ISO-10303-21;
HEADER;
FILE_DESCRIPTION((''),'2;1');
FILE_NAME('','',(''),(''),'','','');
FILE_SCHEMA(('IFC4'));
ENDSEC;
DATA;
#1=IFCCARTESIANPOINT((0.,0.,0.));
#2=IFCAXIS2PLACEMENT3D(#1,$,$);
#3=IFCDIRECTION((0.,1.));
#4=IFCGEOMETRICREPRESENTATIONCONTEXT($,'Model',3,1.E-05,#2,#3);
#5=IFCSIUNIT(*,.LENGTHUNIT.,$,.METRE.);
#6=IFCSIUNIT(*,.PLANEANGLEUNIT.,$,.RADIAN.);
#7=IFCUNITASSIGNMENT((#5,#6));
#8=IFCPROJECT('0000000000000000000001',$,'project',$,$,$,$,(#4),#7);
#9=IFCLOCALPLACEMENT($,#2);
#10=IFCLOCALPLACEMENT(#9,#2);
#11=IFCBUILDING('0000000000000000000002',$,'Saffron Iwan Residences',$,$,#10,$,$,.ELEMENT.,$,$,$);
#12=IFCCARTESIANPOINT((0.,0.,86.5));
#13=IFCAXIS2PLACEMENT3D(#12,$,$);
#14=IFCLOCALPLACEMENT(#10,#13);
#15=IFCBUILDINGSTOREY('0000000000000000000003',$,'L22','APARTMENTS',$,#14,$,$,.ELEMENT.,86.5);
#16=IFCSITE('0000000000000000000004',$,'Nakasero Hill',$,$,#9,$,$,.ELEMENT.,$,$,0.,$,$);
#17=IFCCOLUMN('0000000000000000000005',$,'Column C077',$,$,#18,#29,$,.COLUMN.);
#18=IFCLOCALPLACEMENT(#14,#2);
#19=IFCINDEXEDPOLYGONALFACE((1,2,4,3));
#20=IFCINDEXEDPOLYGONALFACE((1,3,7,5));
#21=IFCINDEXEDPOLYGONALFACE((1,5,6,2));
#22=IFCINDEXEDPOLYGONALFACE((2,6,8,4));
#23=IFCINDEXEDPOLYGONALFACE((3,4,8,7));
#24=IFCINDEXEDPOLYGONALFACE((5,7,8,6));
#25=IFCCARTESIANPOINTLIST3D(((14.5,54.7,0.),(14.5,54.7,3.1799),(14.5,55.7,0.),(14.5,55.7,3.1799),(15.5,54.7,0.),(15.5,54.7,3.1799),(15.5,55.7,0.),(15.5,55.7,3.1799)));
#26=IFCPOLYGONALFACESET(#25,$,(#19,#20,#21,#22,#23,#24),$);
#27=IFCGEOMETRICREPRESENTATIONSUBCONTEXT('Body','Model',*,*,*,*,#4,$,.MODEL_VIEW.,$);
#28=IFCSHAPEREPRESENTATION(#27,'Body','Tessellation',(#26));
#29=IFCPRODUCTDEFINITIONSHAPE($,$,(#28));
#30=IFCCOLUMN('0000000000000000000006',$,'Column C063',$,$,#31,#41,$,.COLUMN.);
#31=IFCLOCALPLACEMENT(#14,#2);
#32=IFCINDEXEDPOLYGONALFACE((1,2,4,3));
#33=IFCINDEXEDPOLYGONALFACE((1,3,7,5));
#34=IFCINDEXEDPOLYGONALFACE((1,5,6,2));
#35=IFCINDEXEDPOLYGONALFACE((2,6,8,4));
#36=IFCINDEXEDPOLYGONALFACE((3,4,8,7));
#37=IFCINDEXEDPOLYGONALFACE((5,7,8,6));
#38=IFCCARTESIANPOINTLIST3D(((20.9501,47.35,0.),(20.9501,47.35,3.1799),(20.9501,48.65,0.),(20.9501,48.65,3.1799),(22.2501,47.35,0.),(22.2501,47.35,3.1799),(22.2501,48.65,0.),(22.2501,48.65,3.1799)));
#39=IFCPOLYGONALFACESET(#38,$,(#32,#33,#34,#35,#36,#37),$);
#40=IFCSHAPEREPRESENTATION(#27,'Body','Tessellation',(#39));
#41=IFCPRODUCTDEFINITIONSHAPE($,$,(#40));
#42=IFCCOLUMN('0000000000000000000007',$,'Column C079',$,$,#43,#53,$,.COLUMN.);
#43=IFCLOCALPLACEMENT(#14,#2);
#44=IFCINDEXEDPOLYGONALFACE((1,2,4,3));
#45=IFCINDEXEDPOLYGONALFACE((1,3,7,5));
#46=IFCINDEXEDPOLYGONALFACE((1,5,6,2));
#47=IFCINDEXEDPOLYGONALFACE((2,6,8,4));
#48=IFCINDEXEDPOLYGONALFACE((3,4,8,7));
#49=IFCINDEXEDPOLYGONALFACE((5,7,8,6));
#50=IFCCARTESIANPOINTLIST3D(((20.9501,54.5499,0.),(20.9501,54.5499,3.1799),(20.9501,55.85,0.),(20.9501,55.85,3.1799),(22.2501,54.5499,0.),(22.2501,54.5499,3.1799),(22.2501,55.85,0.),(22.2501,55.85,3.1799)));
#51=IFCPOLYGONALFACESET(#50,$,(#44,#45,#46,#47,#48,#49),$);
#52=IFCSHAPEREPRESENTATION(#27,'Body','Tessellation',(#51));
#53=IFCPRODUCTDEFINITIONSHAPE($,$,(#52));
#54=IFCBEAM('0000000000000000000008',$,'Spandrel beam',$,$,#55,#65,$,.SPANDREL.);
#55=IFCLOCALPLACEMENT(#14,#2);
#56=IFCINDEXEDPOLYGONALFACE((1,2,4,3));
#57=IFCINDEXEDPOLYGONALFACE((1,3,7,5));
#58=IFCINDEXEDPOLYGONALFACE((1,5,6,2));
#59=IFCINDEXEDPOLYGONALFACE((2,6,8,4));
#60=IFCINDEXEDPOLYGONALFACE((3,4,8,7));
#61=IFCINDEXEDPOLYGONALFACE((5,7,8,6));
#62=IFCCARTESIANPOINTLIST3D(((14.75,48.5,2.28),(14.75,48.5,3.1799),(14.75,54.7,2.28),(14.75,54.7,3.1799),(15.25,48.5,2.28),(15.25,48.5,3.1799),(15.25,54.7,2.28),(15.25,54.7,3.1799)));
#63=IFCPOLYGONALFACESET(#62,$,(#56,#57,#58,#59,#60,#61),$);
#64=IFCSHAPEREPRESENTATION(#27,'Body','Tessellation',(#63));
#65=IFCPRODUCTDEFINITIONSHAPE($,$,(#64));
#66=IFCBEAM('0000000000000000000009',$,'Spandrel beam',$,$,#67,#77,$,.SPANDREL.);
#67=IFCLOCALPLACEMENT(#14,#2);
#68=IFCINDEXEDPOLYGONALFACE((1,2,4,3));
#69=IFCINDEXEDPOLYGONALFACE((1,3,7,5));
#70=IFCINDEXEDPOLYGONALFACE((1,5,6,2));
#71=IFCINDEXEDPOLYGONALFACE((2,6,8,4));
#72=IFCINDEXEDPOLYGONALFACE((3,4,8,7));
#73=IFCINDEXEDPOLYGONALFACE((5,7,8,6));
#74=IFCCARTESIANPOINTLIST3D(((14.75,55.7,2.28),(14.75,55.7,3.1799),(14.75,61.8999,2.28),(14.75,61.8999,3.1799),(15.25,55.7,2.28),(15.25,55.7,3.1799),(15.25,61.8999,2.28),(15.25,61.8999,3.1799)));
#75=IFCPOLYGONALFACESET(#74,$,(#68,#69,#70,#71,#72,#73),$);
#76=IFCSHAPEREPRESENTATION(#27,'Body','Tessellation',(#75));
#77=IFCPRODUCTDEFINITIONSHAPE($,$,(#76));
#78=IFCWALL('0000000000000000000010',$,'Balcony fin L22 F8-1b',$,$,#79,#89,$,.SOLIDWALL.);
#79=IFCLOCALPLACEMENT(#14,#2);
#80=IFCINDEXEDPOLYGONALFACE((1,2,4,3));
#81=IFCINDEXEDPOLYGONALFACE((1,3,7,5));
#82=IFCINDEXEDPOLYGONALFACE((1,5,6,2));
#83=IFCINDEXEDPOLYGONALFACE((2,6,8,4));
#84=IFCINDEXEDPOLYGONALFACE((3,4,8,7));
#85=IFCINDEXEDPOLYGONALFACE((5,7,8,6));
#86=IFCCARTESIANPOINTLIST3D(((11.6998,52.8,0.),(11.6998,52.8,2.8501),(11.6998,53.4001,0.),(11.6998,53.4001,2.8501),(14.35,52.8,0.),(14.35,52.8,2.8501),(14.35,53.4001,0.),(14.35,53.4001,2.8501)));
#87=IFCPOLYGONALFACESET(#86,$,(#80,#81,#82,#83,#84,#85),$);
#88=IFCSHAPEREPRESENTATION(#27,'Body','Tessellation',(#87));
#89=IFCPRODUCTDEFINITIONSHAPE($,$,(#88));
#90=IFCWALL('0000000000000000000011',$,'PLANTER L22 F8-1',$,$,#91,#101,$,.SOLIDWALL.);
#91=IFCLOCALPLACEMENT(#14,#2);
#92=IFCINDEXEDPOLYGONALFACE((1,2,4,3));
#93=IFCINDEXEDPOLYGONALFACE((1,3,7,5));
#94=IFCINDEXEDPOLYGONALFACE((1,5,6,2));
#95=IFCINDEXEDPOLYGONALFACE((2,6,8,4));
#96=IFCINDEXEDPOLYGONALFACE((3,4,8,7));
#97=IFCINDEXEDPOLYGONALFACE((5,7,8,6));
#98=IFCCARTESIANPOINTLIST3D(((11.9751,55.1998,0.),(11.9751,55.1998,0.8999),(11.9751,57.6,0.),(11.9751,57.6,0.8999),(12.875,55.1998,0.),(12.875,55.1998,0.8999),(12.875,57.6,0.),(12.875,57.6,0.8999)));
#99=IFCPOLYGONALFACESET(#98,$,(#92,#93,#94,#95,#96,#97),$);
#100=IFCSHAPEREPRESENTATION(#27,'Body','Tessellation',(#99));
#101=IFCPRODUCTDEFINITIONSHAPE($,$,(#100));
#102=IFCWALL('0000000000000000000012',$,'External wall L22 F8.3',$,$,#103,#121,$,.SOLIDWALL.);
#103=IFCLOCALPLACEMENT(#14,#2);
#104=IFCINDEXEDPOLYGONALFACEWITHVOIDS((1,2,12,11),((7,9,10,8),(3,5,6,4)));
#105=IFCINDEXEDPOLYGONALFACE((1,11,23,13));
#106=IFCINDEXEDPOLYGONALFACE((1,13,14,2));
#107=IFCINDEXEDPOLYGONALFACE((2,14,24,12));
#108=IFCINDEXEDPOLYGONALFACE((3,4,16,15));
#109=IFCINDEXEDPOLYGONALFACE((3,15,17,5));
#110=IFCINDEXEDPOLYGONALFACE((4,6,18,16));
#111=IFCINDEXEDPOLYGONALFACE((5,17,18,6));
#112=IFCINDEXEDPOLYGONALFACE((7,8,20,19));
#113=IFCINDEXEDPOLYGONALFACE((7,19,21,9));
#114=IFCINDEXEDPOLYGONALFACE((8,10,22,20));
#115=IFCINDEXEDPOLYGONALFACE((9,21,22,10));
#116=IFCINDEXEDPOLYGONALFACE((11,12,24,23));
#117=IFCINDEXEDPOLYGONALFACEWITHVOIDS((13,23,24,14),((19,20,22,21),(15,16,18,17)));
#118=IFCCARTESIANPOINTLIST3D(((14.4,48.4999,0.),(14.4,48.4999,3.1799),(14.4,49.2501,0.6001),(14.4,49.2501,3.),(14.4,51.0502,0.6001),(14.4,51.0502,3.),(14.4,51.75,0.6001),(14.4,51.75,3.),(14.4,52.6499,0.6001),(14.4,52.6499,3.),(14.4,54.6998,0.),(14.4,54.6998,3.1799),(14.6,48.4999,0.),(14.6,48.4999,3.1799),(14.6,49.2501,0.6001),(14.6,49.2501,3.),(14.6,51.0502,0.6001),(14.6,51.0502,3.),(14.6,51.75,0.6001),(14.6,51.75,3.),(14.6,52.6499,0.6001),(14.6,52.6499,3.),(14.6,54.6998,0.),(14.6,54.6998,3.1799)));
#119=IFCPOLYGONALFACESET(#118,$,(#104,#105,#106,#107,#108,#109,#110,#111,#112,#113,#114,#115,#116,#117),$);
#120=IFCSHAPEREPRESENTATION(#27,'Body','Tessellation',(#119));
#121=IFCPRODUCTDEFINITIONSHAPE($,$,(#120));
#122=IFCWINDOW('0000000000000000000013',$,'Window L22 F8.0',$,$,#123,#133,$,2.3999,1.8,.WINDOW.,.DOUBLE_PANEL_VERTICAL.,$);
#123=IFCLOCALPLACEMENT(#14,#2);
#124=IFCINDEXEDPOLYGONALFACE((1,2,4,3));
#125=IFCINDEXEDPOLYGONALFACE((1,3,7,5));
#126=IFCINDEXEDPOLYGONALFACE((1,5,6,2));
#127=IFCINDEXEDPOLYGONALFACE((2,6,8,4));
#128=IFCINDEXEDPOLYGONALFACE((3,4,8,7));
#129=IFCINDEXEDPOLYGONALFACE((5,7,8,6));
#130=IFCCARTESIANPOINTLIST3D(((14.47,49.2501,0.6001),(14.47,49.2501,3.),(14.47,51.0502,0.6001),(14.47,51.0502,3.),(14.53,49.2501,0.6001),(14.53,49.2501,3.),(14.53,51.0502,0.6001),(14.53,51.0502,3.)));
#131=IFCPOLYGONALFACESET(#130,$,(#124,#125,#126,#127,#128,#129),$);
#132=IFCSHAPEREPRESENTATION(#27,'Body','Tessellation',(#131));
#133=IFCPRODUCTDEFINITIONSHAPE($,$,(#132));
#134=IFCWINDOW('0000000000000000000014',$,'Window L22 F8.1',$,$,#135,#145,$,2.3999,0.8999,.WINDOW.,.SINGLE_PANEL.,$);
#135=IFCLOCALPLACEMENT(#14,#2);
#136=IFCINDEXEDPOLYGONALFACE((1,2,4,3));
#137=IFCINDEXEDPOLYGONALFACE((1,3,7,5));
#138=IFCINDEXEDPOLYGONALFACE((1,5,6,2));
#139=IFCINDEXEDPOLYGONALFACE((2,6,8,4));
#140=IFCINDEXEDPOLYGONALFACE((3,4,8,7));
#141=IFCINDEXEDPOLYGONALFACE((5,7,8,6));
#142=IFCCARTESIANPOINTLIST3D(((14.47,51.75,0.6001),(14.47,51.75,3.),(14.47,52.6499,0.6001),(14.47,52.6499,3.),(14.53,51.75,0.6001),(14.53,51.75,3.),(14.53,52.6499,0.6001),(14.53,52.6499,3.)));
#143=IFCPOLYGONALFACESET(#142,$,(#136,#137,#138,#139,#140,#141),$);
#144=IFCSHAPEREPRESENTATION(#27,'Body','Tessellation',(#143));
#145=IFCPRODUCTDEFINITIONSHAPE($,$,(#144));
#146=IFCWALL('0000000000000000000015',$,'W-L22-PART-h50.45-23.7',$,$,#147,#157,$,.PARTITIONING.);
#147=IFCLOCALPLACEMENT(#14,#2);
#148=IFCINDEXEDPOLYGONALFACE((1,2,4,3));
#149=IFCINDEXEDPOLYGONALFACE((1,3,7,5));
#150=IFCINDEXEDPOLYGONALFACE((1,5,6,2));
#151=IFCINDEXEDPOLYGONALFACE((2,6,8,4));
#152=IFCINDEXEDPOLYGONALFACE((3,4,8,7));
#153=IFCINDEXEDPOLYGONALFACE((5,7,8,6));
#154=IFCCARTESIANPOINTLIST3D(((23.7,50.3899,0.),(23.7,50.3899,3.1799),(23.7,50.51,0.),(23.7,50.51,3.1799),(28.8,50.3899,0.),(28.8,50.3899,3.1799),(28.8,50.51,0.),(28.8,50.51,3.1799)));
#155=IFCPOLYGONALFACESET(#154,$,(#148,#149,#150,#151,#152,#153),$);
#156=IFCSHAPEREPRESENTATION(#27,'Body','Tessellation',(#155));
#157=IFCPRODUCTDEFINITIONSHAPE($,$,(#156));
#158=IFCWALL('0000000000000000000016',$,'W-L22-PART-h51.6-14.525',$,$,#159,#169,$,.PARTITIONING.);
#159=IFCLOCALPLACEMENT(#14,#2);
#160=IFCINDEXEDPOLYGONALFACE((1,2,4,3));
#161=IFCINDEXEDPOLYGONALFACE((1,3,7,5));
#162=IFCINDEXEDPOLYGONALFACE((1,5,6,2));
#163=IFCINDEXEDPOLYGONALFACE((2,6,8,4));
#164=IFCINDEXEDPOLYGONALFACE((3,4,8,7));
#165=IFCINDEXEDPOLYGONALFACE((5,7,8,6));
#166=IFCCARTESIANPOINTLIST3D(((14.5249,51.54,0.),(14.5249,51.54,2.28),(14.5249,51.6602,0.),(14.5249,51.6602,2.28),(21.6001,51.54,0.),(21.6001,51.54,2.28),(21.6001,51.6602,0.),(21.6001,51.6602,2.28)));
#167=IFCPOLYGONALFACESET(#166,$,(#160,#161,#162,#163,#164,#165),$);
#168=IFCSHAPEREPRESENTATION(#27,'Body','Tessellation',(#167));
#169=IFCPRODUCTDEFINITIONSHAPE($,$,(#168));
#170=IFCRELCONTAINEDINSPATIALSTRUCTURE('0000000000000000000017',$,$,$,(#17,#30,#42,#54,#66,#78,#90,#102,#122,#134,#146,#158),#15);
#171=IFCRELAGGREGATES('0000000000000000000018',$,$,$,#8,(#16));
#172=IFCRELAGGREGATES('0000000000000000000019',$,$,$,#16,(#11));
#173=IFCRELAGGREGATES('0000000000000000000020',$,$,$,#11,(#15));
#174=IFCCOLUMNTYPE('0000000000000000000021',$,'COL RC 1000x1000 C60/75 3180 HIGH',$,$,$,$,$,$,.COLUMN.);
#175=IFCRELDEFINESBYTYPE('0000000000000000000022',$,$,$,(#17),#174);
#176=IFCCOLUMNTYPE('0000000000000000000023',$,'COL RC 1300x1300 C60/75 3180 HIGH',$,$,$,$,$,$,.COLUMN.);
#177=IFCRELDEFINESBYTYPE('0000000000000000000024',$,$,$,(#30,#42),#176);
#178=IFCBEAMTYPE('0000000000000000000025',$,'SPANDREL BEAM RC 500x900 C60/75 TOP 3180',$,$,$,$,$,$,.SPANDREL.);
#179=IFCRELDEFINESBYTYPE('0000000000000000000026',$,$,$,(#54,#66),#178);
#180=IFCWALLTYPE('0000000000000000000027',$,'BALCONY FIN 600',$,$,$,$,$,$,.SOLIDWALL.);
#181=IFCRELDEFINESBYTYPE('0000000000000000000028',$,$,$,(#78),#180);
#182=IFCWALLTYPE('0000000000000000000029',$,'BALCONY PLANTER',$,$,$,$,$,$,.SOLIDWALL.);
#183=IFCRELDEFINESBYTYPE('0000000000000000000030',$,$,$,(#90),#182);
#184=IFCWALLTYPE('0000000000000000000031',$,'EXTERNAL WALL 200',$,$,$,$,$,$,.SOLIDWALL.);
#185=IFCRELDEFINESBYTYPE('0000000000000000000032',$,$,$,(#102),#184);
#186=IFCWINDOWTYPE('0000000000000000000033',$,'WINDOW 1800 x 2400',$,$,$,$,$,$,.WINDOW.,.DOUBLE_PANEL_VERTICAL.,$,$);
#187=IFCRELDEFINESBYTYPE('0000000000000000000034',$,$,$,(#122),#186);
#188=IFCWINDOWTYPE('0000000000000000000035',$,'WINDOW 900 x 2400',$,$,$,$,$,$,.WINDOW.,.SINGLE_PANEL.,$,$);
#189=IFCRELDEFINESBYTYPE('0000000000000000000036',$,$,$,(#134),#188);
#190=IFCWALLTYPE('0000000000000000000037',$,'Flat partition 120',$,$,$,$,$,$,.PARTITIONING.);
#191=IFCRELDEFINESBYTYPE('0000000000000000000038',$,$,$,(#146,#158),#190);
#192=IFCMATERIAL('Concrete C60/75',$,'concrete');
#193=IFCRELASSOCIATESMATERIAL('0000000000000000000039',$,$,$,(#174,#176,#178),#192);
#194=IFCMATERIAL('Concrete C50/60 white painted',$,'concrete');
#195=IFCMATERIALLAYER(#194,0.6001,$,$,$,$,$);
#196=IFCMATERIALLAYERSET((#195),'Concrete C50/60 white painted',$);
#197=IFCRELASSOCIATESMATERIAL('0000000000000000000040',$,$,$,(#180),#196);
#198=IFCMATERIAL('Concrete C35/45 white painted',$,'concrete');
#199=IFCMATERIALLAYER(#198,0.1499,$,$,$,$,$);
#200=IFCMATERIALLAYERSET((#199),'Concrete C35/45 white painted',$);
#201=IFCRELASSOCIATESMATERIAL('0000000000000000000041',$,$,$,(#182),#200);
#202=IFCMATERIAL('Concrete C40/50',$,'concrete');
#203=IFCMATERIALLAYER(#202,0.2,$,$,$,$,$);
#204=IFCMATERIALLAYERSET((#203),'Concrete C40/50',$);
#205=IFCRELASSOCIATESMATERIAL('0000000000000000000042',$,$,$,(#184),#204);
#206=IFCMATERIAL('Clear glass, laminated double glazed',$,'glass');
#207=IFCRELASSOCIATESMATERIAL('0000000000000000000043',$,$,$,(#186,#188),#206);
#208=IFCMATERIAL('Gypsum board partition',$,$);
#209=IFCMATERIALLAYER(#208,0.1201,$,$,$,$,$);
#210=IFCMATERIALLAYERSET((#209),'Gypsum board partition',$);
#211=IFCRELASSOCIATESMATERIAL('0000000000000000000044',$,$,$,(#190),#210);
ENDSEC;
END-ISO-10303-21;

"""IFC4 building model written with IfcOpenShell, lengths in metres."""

from ifc_helpers import new_model, si_unit, direction, frame, frame_2d, origin, origin_2d, place, context, subcontext, project, spatial, rectangle, extrude, source, transform, mapped, material, layer, layer_set, material_profile, profile_set, type_object, element, fill, save


model = new_model("IFC4")

# Units and contexts
model_context = context("Model", 3, precision=1e-05, world=origin(), true_north=direction((0.0, 1.0)))
body_context = subcontext(model_context, "Body", "Model", "MODEL_VIEW")
ifc_project = project(units=[si_unit("LENGTHUNIT", "METRE"), si_unit("PLANEANGLEUNIT", "RADIAN")], contexts=[model_context])

# Site, building, storey
site_placement = place(None, origin())
site = spatial("IfcSite", under=ifc_project, at=site_placement, Name="Nakasero Hill", CompositionType="ELEMENT", RefElevation=0.0)
building_placement = place(site_placement, origin())
building = spatial("IfcBuilding", under=site, at=building_placement, Name="Saffron Iwan Residences", CompositionType="ELEMENT")
storey_placement = place(building_placement, frame((0.0, 0.0, 86.5)))
storey = spatial("IfcBuildingStorey", under=building, at=storey_placement, Name="L22", Description="APARTMENTS", CompositionType="ELEMENT", Elevation=86.5)

# Columns
ifc_material_1 = material(Name="Concrete C60/75", Category="concrete")
ifc_material_profile_1 = material_profile(ifc_material_1, rectangle(XDim=1.0, YDim=1.0, at=origin_2d()), Name="RC 1000x1000")
ifc_profile_set_1 = profile_set([ifc_material_profile_1], Name="Concrete C60/75")
column_type_1 = type_object("IfcColumnType", Name="COL RC 1000x1000 C60/75 3180 HIGH", PredefinedType="COLUMN", material=ifc_profile_set_1)
shared_shape_1 = source(origin(), body_context, "Body", "SweptSolid", [
    extrude(rectangle(XDim=1.0, YDim=1.0, at=origin_2d()), origin(), (0.0, 0.0, 1.0), 3.1799),
])
column_placement = place(storey_placement, frame((15.0, 55.2, 0.0), z_axis=(0.0, 0.0, 1.0), x_axis=(1.0, 0.0, 0.0)))
element("IfcColumn", 1, at=column_placement, inside=storey, type_object=column_type_1, Name="Column C077", PredefinedType="COLUMN", context=body_context, shape_type="MappedRepresentation", body=[
    mapped(shared_shape_1, transform((0.0, 0.0, 0.0))),
])
ifc_material_profile_2 = material_profile(ifc_material_1, rectangle(XDim=1.3, YDim=1.3, at=origin_2d()), Name="RC 1300x1300")
ifc_profile_set_2 = profile_set([ifc_material_profile_2], Name="Concrete C60/75")
column_type_2 = type_object("IfcColumnType", Name="COL RC 1300x1300 C60/75 3180 HIGH", PredefinedType="COLUMN", material=ifc_profile_set_2)
shared_shape_2 = source(origin(), body_context, "Body", "SweptSolid", [
    extrude(rectangle(XDim=1.3, YDim=1.3, at=origin_2d()), origin(), (0.0, 0.0, 1.0), 3.1799),
])
for number, where, z_axis, x_axis, name in (
    (2, (21.6001, 48.0, 0.0), (0.0, 0.0, 1.0), (1.0, 0.0, 0.0), "Column C063"),
    (3, (21.6001, 55.2, 0.0), (0.0, 0.0, 1.0), (1.0, 0.0, 0.0), "Column C079"),
):
    element("IfcColumn", number, at=place(storey_placement, frame(where, z_axis=z_axis, x_axis=x_axis)), inside=storey, type_object=column_type_2, Name=name, PredefinedType="COLUMN", context=body_context, shape_type="MappedRepresentation", body=[
        mapped(shared_shape_2, transform((0.0, 0.0, 0.0))),
    ])

# Beams
ifc_material_profile_3 = material_profile(ifc_material_1, rectangle(XDim=0.5, YDim=0.8999, at=origin_2d()), Name="RC 500x900")
ifc_profile_set_3 = profile_set([ifc_material_profile_3], Name="Concrete C60/75")
beam_type = type_object("IfcBeamType", Name="SPANDREL BEAM RC 500x900 C60/75 TOP 3180", PredefinedType="SPANDREL", material=ifc_profile_set_3)
shared_shape_3 = source(origin(), body_context, "Body", "SweptSolid", [
    extrude(rectangle(XDim=0.5, YDim=0.8999, at=origin_2d()), origin(), (0.0, 0.0, 1.0), 6.2),
])
for number, where, z_axis, x_axis, name in (
    (4, (15.0, 48.5, 2.73), (0.0, 1.0, 0.0), (-1.0, 0.0, 0.0), "Spandrel beam"),
    (5, (15.0, 55.7, 2.73), (0.0, 1.0, 0.0), (-1.0, 0.0, 0.0), "Spandrel beam"),
):
    element("IfcBeam", number, at=place(storey_placement, frame(where, z_axis=z_axis, x_axis=x_axis)), inside=storey, type_object=beam_type, Name=name, PredefinedType="SPANDREL", context=body_context, shape_type="MappedRepresentation", body=[
        mapped(shared_shape_3, transform((0.0, 0.0, 0.0))),
    ])

# Walls
ifc_material_2 = material(Name="Concrete C50/60 white painted", Category="concrete")
ifc_layer_1 = layer(ifc_material_2, 0.6001)
ifc_layer_set_1 = layer_set([ifc_layer_1], Name="Concrete C50/60 white painted")
wall_type_1 = type_object("IfcWallType", Name="BALCONY FIN 600", PredefinedType="SOLIDWALL", material=ifc_layer_set_1)
wall_1_placement = place(storey_placement, frame((14.3501, 53.1001, 0.0), z_axis=(0.0, 0.0, 1.0), x_axis=(-1.0, 0.0, 0.0)))
element("IfcWall", 6, at=wall_1_placement, inside=storey, type_object=wall_type_1, Name="Balcony fin L22 F8-1b", PredefinedType="SOLIDWALL", context=body_context, shape_type="SweptSolid", body=[
    extrude(rectangle(XDim=2.6501, YDim=0.6001, at=frame_2d((1.3252, 0.0))), origin(), (0.0, 0.0, 1.0), 2.8501),
])
ifc_material_3 = material(Name="Concrete C35/45 white painted", Category="concrete")
ifc_layer_2 = layer(ifc_material_3, 0.1499)
ifc_layer_set_2 = layer_set([ifc_layer_2], Name="Concrete C35/45 white painted")
wall_type_2 = type_object("IfcWallType", Name="BALCONY PLANTER", PredefinedType="SOLIDWALL", material=ifc_layer_set_2)
wall_2_placement = place(storey_placement, frame((12.425, 57.6001, 0.0), z_axis=(0.0, 0.0, 1.0), x_axis=(0.0, -1.0, 0.0)))
element("IfcWall", 7, at=wall_2_placement, inside=storey, type_object=wall_type_2, Name="PLANTER L22 F8-1", PredefinedType="SOLIDWALL", context=body_context, shape_type="SweptSolid", body=[
    extrude(rectangle(XDim=2.4001, YDim=0.8999, at=frame_2d((1.2002, 0.0))), origin(), (0.0, 0.0, 1.0), 0.8999),
])

# Wall, openings, windows
ifc_material_4 = material(Name="Concrete C40/50", Category="concrete")
ifc_layer_3 = layer(ifc_material_4, 0.2)
ifc_layer_set_3 = layer_set([ifc_layer_3], Name="Concrete C40/50")
wall_type_3 = type_object("IfcWallType", Name="EXTERNAL WALL 200", PredefinedType="SOLIDWALL", material=ifc_layer_set_3)
wall_3_placement = place(storey_placement, frame((14.5, 54.7, 0.0), z_axis=(0.0, 0.0, 1.0), x_axis=(0.0, -1.0, 0.0)))
wall_3 = element("IfcWall", 8, at=wall_3_placement, inside=storey, type_object=wall_type_3, Name="External wall L22 F8.3", PredefinedType="SOLIDWALL", context=body_context, shape_type="SweptSolid", body=[
    extrude(rectangle(XDim=6.2, YDim=0.2, at=frame_2d((3.1001, 0.0))), origin(), (0.0, 0.0, 1.0), 3.1799),
])
opening_1_placement = place(wall_3_placement, frame((3.6499, 0.0, 0.6001)))
opening_1 = element("IfcOpeningElement", 9, at=opening_1_placement, cuts=wall_3, PredefinedType="OPENING", context=body_context, shape_type="SweptSolid", body=[
    extrude(rectangle(XDim=1.8, YDim=2.3999, at=frame_2d((0.8999, 1.2))), frame((0.0, 0.1099, 0.0), z_axis=(0.0, -1.0, 0.0), x_axis=(1.0, 0.0, 0.0)), (0.0, 0.0, 1.0), 0.22),
])
opening_2_placement = place(wall_3_placement, frame((2.05, 0.0, 0.6001)))
opening_2 = element("IfcOpeningElement", 10, at=opening_2_placement, cuts=wall_3, PredefinedType="OPENING", context=body_context, shape_type="SweptSolid", body=[
    extrude(rectangle(XDim=0.8999, YDim=2.3999, at=frame_2d((0.45, 1.2))), frame((0.0, 0.1099, 0.0), z_axis=(0.0, -1.0, 0.0), x_axis=(1.0, 0.0, 0.0)), (0.0, 0.0, 1.0), 0.22),
])
ifc_material_5 = material(Name="Clear glass, laminated double glazed", Category="glass")
window_type_1 = type_object("IfcWindowType", Name="WINDOW 1800 x 2400", PartitioningType="DOUBLE_PANEL_VERTICAL", PredefinedType="WINDOW", material=ifc_material_5)
window_1_placement = place(opening_1_placement, origin())
window_1 = element("IfcWindow", 11, at=window_1_placement, inside=storey, type_object=window_type_1, Name="Window L22 F8.0", OverallHeight=2.3999, OverallWidth=1.8, PartitioningType="DOUBLE_PANEL_VERTICAL", PredefinedType="WINDOW", context=body_context, shape_type="SweptSolid", body=[
    extrude(rectangle(XDim=1.8, YDim=2.3999, at=frame_2d((0.8999, 1.2))), frame((0.0, 0.03, 0.0), z_axis=(0.0, -1.0, 0.0), x_axis=(1.0, 0.0, 0.0)), (0.0, 0.0, 1.0), 0.0601),
])
fill(opening_1, window_1)
window_type_2 = type_object("IfcWindowType", Name="WINDOW 900 x 2400", PartitioningType="SINGLE_PANEL", PredefinedType="WINDOW", material=ifc_material_5)
window_2_placement = place(opening_2_placement, origin())
window_2 = element("IfcWindow", 12, at=window_2_placement, inside=storey, type_object=window_type_2, Name="Window L22 F8.1", OverallHeight=2.3999, OverallWidth=0.8999, PartitioningType="SINGLE_PANEL", PredefinedType="WINDOW", context=body_context, shape_type="SweptSolid", body=[
    extrude(rectangle(XDim=0.8999, YDim=2.3999, at=frame_2d((0.45, 1.2))), frame((0.0, 0.03, 0.0), z_axis=(0.0, -1.0, 0.0), x_axis=(1.0, 0.0, 0.0)), (0.0, 0.0, 1.0), 0.0601),
])
fill(opening_2, window_2)

# Walls
ifc_material_6 = material(Name="Gypsum board partition")
ifc_layer_4 = layer(ifc_material_6, 0.1201)
ifc_layer_set_4 = layer_set([ifc_layer_4], Name="Gypsum board partition")
wall_type_4 = type_object("IfcWallType", Name="Flat partition 120", PredefinedType="PARTITIONING", material=ifc_layer_set_4)
wall_4_placement = place(storey_placement, frame((23.7, 50.45, 0.0), z_axis=(0.0, 0.0, 1.0), x_axis=(1.0, 0.0, 0.0)))
element("IfcWall", 13, at=wall_4_placement, inside=storey, type_object=wall_type_4, Name="W-L22-PART-h50.45-23.7", PredefinedType="PARTITIONING", context=body_context, shape_type="SweptSolid", body=[
    extrude(rectangle(XDim=5.1001, YDim=0.1201, at=frame_2d((2.55, 0.0))), origin(), (0.0, 0.0, 1.0), 3.1799),
])
wall_5_placement = place(storey_placement, frame((14.5249, 51.6001, 0.0), z_axis=(0.0, 0.0, 1.0), x_axis=(1.0, 0.0, 0.0)))
element("IfcWall", 14, at=wall_5_placement, inside=storey, type_object=wall_type_4, Name="W-L22-PART-h51.6-14.525", PredefinedType="PARTITIONING", context=body_context, shape_type="SweptSolid", body=[
    extrude(rectangle(XDim=7.0752, YDim=0.1201, at=frame_2d((3.5376, 0.0))), origin(), (0.0, 0.0, 1.0), 2.28),
])

save(model, "model.ifc")
